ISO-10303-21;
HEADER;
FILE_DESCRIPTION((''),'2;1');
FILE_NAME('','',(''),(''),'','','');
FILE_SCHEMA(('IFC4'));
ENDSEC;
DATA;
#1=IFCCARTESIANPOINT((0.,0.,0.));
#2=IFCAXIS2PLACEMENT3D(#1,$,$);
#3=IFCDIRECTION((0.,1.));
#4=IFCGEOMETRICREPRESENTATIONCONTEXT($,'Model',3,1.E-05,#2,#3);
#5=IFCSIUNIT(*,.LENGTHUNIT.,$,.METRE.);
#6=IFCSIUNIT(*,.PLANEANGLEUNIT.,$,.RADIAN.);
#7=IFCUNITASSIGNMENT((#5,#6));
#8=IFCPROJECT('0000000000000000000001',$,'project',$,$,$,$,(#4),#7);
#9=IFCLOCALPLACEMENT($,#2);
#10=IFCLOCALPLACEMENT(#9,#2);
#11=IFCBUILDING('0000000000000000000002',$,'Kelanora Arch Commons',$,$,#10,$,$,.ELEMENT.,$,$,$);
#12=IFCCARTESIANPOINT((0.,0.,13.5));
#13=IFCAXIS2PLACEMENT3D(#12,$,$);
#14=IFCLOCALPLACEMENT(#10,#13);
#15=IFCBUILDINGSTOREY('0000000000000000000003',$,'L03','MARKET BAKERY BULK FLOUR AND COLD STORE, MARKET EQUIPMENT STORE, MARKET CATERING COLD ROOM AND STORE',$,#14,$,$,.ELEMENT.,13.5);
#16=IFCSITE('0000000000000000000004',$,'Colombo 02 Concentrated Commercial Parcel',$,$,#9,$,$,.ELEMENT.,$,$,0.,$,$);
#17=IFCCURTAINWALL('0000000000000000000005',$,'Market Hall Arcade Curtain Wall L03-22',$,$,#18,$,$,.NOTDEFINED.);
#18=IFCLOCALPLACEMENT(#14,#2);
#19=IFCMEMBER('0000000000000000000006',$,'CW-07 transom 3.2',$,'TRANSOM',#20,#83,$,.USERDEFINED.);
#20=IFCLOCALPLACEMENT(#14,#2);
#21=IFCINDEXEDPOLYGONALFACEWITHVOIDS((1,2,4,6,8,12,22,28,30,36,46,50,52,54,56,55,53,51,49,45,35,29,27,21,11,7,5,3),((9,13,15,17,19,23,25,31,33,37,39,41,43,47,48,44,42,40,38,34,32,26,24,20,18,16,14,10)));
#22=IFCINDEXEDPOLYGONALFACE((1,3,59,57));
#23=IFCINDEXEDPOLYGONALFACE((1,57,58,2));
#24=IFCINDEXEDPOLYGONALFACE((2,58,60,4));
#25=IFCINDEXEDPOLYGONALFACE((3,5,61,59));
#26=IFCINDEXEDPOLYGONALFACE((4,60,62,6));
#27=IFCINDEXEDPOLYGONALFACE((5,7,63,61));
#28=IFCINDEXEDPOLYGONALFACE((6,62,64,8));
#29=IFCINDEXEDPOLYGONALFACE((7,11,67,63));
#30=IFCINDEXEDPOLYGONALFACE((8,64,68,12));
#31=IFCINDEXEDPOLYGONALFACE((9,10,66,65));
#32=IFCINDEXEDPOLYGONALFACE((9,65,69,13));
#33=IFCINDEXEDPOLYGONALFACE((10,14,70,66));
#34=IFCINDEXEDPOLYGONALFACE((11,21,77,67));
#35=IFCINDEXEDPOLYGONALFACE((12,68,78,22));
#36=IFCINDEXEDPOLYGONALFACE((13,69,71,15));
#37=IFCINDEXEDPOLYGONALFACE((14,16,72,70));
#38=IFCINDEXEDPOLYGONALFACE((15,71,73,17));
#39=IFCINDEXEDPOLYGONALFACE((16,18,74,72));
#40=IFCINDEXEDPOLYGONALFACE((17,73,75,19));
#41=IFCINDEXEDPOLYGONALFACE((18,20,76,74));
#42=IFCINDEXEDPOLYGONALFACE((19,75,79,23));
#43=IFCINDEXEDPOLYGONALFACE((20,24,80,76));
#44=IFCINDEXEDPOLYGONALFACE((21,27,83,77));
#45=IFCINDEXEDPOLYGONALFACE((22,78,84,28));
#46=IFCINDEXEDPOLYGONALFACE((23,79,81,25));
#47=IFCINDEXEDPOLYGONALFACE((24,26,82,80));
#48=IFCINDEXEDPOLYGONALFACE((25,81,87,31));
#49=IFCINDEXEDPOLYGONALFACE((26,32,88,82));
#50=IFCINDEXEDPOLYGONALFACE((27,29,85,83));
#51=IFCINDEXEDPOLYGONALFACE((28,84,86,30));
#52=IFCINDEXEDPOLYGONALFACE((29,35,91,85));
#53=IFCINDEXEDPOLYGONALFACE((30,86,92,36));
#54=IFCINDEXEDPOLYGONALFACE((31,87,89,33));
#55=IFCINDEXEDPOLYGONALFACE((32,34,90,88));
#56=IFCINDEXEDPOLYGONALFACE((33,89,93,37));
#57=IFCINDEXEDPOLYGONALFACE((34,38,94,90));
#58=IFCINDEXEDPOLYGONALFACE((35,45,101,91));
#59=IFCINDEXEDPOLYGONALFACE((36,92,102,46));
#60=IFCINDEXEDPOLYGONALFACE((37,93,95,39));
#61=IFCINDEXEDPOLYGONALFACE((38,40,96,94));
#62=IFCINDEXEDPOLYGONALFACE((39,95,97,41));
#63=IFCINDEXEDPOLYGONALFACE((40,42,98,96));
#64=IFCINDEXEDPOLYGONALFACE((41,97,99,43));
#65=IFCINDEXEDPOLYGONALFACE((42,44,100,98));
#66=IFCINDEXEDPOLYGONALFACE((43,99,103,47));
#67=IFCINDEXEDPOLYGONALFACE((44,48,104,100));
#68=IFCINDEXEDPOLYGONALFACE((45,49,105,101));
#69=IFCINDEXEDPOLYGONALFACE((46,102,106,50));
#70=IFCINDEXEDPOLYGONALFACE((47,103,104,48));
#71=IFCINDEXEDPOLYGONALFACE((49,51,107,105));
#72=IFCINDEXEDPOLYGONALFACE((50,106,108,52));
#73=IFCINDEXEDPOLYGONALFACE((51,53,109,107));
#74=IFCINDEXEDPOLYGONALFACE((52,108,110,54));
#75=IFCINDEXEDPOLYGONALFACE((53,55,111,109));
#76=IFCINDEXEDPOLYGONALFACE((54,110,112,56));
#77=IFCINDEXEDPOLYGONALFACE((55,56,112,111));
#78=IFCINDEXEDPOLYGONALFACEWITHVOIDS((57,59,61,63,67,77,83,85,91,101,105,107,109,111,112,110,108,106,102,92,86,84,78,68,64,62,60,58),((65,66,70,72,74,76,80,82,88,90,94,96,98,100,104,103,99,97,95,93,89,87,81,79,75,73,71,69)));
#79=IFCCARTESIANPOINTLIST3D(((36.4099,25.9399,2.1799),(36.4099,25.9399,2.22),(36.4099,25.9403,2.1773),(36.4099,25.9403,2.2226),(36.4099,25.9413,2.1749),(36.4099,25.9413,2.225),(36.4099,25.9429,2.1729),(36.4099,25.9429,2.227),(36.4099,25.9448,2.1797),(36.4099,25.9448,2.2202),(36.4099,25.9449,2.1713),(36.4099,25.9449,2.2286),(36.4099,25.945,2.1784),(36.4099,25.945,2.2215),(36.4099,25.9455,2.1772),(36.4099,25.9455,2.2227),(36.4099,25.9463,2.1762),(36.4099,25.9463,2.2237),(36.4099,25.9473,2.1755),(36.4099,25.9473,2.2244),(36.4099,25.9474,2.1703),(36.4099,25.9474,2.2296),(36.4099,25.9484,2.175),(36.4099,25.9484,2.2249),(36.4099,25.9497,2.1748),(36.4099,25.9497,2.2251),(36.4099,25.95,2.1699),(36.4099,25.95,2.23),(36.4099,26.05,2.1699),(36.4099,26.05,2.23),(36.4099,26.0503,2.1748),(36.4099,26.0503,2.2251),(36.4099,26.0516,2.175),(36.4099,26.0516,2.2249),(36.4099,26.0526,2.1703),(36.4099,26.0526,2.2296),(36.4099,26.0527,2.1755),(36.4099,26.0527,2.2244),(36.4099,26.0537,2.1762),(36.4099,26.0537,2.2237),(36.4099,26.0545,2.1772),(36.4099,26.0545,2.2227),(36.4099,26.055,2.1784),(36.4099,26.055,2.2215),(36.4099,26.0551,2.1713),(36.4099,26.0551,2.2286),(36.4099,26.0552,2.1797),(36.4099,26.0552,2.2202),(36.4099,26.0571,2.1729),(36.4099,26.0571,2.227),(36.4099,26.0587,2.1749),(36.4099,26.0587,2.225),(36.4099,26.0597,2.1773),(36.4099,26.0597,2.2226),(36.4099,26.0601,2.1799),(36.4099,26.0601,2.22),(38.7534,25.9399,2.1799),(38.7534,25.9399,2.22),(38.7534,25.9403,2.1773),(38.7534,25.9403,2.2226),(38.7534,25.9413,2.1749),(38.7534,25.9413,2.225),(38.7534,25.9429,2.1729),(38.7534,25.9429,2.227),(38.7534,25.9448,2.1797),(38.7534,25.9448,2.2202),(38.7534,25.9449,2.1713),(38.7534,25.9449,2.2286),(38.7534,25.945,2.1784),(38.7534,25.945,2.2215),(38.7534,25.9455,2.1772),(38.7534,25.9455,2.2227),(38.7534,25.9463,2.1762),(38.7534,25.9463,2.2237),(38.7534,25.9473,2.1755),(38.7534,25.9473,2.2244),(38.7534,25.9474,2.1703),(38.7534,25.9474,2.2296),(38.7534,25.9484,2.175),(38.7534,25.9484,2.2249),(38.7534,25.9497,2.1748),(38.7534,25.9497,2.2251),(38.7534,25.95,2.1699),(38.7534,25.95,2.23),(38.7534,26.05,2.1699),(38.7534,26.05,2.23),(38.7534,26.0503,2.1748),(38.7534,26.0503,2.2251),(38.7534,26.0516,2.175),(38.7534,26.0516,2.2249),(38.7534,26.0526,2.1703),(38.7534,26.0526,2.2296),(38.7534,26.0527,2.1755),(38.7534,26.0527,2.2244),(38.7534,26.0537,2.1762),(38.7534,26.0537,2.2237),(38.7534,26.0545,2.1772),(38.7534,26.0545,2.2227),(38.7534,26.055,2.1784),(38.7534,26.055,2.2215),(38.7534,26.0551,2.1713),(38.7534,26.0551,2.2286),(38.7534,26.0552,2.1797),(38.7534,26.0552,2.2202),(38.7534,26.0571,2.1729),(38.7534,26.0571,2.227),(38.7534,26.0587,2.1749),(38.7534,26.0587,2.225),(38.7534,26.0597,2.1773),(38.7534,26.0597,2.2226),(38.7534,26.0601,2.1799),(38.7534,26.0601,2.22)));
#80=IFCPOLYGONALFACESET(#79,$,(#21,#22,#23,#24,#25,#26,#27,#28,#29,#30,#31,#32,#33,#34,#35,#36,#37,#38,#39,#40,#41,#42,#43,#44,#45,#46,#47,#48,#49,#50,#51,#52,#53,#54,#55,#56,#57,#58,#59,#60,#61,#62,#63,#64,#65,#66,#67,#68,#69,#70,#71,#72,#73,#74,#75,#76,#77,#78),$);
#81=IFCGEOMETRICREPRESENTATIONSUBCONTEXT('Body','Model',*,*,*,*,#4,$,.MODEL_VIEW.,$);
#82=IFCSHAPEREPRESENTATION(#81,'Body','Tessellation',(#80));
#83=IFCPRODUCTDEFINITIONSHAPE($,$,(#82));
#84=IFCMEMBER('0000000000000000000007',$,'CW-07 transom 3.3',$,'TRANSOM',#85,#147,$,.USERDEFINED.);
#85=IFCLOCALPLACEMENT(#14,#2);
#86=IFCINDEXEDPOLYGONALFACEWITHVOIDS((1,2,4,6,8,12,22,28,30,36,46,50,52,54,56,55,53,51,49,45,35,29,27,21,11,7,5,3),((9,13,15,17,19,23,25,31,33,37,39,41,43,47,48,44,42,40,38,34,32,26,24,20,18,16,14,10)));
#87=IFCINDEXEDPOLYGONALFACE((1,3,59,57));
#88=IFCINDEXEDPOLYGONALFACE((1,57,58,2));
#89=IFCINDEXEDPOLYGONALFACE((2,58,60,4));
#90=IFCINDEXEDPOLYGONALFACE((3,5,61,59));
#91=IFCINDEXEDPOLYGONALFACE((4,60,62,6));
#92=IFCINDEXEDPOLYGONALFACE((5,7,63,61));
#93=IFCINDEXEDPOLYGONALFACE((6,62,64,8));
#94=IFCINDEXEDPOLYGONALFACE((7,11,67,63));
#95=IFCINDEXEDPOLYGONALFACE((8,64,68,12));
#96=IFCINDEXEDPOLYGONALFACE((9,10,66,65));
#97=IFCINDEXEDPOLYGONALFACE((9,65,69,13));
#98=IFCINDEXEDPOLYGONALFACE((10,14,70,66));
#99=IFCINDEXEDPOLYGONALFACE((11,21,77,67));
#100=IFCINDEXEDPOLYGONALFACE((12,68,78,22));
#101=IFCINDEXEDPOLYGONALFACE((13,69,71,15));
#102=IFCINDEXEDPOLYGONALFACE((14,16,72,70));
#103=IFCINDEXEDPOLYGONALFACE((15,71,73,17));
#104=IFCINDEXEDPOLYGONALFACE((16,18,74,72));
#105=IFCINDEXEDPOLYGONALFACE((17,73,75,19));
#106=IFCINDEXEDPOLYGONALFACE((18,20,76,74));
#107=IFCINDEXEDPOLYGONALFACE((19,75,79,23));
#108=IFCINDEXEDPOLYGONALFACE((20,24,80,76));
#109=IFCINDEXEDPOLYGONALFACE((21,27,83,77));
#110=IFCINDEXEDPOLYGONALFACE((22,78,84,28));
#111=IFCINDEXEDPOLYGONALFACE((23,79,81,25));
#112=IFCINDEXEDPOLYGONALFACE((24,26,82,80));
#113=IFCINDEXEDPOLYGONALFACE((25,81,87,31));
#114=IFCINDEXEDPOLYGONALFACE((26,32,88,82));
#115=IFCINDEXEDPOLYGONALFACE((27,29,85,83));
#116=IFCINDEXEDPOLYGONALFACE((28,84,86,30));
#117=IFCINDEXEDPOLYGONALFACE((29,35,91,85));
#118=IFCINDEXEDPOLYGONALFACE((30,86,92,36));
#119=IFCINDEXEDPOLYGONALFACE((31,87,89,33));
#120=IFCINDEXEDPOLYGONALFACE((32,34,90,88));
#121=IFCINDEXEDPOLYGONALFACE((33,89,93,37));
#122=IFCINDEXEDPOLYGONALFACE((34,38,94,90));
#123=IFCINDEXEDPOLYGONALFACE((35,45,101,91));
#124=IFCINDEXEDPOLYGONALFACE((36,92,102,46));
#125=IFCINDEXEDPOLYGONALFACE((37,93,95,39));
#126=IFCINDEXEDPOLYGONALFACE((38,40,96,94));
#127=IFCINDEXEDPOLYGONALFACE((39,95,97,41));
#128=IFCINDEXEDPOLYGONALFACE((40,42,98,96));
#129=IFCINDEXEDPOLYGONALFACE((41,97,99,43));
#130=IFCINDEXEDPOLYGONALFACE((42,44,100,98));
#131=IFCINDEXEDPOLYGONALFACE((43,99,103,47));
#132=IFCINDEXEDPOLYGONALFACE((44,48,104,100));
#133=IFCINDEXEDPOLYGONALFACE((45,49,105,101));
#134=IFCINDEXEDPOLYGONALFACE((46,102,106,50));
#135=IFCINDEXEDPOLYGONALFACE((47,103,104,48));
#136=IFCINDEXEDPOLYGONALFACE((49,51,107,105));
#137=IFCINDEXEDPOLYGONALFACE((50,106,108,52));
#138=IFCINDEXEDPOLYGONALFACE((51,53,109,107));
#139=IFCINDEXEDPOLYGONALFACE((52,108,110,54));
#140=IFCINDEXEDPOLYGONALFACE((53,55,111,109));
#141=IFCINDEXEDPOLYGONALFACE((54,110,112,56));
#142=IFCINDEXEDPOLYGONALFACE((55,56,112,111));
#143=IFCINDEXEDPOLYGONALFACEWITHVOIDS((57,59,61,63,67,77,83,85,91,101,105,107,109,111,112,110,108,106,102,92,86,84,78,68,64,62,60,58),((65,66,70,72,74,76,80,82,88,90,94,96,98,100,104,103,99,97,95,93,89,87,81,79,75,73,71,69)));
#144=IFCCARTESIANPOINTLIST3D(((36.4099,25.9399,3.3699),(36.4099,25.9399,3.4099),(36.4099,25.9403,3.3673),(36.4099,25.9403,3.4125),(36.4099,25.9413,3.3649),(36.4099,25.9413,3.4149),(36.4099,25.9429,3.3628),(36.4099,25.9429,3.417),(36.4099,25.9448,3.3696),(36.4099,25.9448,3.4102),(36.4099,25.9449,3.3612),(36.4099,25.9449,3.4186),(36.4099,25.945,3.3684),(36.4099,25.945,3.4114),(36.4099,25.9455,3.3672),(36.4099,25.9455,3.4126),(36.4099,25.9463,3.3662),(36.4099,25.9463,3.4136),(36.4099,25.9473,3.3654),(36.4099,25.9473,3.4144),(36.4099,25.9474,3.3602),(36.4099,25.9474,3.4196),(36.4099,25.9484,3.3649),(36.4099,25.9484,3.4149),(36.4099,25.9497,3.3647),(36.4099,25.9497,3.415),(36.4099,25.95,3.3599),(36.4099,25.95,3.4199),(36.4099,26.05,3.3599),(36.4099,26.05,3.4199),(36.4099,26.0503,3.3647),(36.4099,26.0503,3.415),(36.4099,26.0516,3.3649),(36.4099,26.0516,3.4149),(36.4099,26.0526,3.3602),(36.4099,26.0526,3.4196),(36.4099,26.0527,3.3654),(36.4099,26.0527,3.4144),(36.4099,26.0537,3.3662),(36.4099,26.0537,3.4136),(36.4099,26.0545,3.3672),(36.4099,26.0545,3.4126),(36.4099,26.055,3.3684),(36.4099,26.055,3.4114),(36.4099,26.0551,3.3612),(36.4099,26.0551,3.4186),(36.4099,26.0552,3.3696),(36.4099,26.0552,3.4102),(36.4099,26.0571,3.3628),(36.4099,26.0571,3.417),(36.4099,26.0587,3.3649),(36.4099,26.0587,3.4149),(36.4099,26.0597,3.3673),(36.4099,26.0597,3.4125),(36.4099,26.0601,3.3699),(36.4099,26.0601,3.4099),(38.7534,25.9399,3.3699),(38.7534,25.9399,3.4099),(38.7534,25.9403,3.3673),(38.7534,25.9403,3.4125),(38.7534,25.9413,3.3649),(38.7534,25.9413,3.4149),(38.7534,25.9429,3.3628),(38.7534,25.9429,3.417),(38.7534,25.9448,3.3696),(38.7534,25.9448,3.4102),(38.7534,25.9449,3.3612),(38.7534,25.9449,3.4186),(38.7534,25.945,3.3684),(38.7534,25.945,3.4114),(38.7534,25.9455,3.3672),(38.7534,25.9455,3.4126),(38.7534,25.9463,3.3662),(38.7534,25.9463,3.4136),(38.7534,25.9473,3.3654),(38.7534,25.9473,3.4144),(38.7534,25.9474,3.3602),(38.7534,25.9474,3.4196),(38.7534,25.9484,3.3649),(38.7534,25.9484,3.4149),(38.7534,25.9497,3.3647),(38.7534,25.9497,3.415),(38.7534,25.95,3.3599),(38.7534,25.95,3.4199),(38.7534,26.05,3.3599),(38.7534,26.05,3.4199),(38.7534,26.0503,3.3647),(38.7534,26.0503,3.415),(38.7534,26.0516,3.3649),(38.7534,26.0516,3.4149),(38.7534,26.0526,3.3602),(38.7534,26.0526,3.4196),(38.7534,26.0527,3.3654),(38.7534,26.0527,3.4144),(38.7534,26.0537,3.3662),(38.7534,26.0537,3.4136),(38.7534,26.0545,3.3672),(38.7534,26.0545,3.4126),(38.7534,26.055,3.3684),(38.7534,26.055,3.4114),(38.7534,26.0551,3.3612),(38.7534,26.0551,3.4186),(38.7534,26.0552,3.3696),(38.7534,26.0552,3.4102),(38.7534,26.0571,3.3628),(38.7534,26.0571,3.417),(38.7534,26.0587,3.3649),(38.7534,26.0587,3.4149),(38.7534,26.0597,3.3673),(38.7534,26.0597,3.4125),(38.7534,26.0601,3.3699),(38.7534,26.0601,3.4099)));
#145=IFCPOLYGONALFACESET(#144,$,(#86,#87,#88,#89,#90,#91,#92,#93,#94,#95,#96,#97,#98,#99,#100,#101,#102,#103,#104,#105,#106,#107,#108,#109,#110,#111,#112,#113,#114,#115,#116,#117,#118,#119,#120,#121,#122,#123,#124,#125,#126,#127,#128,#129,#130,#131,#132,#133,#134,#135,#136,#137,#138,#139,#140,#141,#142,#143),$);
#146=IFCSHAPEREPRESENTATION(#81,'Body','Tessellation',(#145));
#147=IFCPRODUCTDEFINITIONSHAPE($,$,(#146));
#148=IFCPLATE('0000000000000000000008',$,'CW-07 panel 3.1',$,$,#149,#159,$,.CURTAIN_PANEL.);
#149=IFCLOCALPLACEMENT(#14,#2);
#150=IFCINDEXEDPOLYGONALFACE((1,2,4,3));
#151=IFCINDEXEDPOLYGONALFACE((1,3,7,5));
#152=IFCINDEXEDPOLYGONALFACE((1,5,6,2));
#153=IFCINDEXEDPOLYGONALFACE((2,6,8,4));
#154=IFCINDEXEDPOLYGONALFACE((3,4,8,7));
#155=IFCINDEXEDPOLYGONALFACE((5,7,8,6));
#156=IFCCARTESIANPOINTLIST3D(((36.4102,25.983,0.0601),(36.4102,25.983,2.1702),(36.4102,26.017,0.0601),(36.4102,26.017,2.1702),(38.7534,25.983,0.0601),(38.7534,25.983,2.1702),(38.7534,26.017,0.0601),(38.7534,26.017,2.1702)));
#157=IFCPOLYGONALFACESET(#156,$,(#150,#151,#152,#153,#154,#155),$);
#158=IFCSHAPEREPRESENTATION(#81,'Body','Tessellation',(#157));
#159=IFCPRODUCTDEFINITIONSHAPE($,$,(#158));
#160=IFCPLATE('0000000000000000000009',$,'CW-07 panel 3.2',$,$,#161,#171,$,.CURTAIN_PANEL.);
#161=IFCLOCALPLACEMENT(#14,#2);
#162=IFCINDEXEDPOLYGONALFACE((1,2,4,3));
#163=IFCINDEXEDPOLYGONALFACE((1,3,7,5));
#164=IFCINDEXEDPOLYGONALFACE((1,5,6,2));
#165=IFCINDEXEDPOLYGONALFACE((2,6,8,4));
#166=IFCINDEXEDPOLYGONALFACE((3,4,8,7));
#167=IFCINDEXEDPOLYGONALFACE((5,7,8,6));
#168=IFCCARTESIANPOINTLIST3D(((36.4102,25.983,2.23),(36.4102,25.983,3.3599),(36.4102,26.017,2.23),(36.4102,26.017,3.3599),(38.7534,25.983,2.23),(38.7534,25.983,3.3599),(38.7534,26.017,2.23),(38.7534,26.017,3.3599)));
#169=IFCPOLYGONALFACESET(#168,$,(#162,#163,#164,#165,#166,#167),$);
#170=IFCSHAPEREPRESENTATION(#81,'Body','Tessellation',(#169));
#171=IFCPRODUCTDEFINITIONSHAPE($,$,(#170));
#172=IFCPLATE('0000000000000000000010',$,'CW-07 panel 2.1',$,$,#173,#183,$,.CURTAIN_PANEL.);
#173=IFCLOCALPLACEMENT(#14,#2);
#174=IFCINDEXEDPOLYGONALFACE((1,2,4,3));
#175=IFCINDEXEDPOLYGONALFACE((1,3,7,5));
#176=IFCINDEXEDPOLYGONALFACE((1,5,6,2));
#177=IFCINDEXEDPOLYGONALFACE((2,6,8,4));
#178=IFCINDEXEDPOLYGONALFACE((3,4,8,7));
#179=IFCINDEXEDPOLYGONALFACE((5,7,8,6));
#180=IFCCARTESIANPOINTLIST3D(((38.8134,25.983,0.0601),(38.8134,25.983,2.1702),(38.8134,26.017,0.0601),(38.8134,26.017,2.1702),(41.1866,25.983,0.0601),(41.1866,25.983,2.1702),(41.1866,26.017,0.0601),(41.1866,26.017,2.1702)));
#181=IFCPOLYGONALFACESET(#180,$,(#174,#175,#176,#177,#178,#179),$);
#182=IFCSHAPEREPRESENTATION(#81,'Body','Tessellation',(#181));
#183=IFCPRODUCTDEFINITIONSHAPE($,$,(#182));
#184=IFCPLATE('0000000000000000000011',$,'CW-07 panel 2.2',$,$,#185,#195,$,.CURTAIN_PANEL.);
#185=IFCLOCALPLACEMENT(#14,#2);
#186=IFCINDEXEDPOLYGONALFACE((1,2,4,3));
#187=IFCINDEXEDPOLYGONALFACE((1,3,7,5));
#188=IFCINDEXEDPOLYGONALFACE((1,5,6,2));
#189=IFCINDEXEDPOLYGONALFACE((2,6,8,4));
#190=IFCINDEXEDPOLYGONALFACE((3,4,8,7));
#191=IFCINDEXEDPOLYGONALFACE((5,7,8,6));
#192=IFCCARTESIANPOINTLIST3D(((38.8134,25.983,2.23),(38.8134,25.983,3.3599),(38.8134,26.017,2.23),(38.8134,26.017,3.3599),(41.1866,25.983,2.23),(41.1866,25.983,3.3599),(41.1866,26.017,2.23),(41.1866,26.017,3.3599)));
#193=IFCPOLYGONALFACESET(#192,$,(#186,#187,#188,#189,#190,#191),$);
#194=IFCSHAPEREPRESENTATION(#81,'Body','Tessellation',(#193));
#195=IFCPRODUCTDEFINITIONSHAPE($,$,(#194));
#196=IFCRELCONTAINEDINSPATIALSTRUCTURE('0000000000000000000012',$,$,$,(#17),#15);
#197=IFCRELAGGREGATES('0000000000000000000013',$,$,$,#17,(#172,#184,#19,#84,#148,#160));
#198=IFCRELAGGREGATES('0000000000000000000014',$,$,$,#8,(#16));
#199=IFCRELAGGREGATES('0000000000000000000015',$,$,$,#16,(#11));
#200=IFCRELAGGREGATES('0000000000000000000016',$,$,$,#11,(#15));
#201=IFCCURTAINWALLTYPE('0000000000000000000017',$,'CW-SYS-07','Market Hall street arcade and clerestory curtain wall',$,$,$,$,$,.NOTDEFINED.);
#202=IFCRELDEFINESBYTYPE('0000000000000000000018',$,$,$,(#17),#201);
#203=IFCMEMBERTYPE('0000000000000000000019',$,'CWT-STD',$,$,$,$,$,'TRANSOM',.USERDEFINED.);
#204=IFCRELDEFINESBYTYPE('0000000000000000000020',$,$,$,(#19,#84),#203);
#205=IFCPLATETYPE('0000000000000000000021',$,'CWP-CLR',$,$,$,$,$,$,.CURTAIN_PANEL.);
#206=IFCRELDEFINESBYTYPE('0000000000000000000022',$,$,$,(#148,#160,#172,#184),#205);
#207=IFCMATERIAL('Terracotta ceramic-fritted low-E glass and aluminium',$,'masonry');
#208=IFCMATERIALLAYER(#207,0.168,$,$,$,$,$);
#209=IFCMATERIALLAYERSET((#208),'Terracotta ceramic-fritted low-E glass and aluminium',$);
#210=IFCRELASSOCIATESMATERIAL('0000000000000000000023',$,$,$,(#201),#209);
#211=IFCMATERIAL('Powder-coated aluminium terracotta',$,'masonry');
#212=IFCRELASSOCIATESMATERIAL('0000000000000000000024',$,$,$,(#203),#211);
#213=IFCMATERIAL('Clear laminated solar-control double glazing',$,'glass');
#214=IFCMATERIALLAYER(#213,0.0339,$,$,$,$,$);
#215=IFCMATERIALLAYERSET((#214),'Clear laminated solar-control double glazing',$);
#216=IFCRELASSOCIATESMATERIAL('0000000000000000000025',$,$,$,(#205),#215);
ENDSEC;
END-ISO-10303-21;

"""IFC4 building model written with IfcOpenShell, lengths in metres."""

from ifc_helpers import new_model, si_unit, direction, frame, origin, origin_2d, place, context, subcontext, project, spatial, rectangle, hollow_rectangle, extrude, source, transform, mapped, material, layer, layer_set, material_profile, profile_set, type_object, element, aggregate, save


model = new_model("IFC4")

# Units and contexts
model_context = context("Model", 3, precision=1e-05, world=origin(), true_north=direction((0.0, 1.0)))
body_context = subcontext(model_context, "Body", "Model", "MODEL_VIEW")
ifc_project = project(units=[si_unit("LENGTHUNIT", "METRE"), si_unit("PLANEANGLEUNIT", "RADIAN")], contexts=[model_context])

# Site, building, storey
site_placement = place(None, origin())
site = spatial("IfcSite", under=ifc_project, at=site_placement, Name="Colombo 02 Concentrated Commercial Parcel", CompositionType="ELEMENT", RefElevation=0.0)
building_placement = place(site_placement, origin())
building = spatial("IfcBuilding", under=site, at=building_placement, Name="Kelanora Arch Commons", CompositionType="ELEMENT")
storey_placement = place(building_placement, frame((0.0, 0.0, 13.5)))
storey = spatial("IfcBuildingStorey", under=building, at=storey_placement, Name="L03", Description="MARKET BAKERY BULK FLOUR AND COLD STORE, MARKET EQUIPMENT STORE, MARKET CATERING COLD ROOM AND STORE", CompositionType="ELEMENT", Elevation=13.5)

# Curtain wall, members, plates
ifc_material_1 = material(Name="Terracotta ceramic-fritted low-E glass and aluminium", Category="masonry")
ifc_layer_1 = layer(ifc_material_1, 0.168)
ifc_layer_set_1 = layer_set([ifc_layer_1], Name="Terracotta ceramic-fritted low-E glass and aluminium")
curtain_wall_type = type_object("IfcCurtainWallType", Name="CW-SYS-07", Description="Market Hall street arcade and clerestory curtain wall", PredefinedType="NOTDEFINED", material=ifc_layer_set_1)
curtain_wall_placement = place(storey_placement, origin())
curtain_wall = element("IfcCurtainWall", 1, at=curtain_wall_placement, inside=storey, type_object=curtain_wall_type, Name="Market Hall Arcade Curtain Wall L03-22", PredefinedType="NOTDEFINED")
ifc_material_2 = material(Name="Powder-coated aluminium terracotta", Category="masonry")
ifc_material_profile_1 = material_profile(ifc_material_2, hollow_rectangle(XDim=0.1201, YDim=0.0601, WallThickness=0.0049, InnerFilletRadius=0.0049, OuterFilletRadius=0.01, at=origin_2d()), Name="CWT120x60")
ifc_profile_set_1 = profile_set([ifc_material_profile_1], Name="Powder-coated aluminium terracotta")
member_type_1 = type_object("IfcMemberType", Name="CWT-STD", ElementType="TRANSOM", PredefinedType="USERDEFINED", material=ifc_profile_set_1)
member_1_placement = place(storey_placement, frame((38.7534, 26.0, 2.2), z_axis=(-1.0, 0.0, 0.0), x_axis=(0.0, -1.0, 0.0)))
member_1 = element("IfcMember", 2, at=member_1_placement, type_object=member_type_1, Name="CW-07 transom 3.2", ObjectType="TRANSOM", PredefinedType="USERDEFINED", context=body_context, shape_type="SweptSolid", body=[
    extrude(hollow_rectangle(XDim=0.1201, YDim=0.0601, WallThickness=0.0049, InnerFilletRadius=0.0049, OuterFilletRadius=0.01, at=origin_2d()), origin(), (0.0, 0.0, 1.0), 2.3435),
])
member_2_placement = place(storey_placement, frame((38.7534, 26.0, 3.3899), z_axis=(-1.0, 0.0, 0.0), x_axis=(0.0, -1.0, 0.0)))
member_2 = element("IfcMember", 3, at=member_2_placement, type_object=member_type_1, Name="CW-07 transom 3.3", ObjectType="TRANSOM", PredefinedType="USERDEFINED", context=body_context, shape_type="SweptSolid", body=[
    extrude(hollow_rectangle(XDim=0.1201, YDim=0.0601, WallThickness=0.0049, InnerFilletRadius=0.0049, OuterFilletRadius=0.01, at=origin_2d()), origin(), (0.0, 0.0, 1.0), 2.3435),
])
ifc_material_3 = material(Name="Clear laminated solar-control double glazing", Category="glass")
ifc_layer_2 = layer(ifc_material_3, 0.0339)
ifc_layer_set_2 = layer_set([ifc_layer_2], Name="Clear laminated solar-control double glazing")
plate_type = type_object("IfcPlateType", Name="CWP-CLR", PredefinedType="CURTAIN_PANEL", material=ifc_layer_set_2)
shared_shape_1 = source(origin(), body_context, "Body", "SweptSolid", [
    extrude(rectangle(XDim=2.3433, YDim=0.0339, at=origin_2d()), origin(), (0.0, 0.0, 1.0), 2.1101),
])
plate_1_placement = place(storey_placement, frame((37.5818, 26.0, 0.0601), z_axis=(0.0, 0.0, 1.0), x_axis=(-1.0, 0.0, 0.0)))
plate_1 = element("IfcPlate", 4, at=plate_1_placement, type_object=plate_type, Name="CW-07 panel 3.1", PredefinedType="CURTAIN_PANEL", context=body_context, shape_type="MappedRepresentation", body=[
    mapped(shared_shape_1, transform((0.0, 0.0, 0.0), scale=1.0)),
])
shared_shape_2 = source(origin(), body_context, "Body", "SweptSolid", [
    extrude(rectangle(XDim=2.3433, YDim=0.0339, at=origin_2d()), origin(), (0.0, 0.0, 1.0), 1.1299),
])
plate_2_placement = place(storey_placement, frame((37.5818, 26.0, 2.23), z_axis=(0.0, 0.0, 1.0), x_axis=(-1.0, 0.0, 0.0)))
plate_2 = element("IfcPlate", 5, at=plate_2_placement, type_object=plate_type, Name="CW-07 panel 3.2", PredefinedType="CURTAIN_PANEL", context=body_context, shape_type="MappedRepresentation", body=[
    mapped(shared_shape_2, transform((0.0, 0.0, 0.0), scale=1.0)),
])
shared_shape_3 = source(origin(), body_context, "Body", "SweptSolid", [
    extrude(rectangle(XDim=2.3733, YDim=0.0339, at=origin_2d()), origin(), (0.0, 0.0, 1.0), 2.1101),
])
plate_3_placement = place(storey_placement, frame((40.0, 26.0, 0.0601), z_axis=(0.0, 0.0, 1.0), x_axis=(-1.0, 0.0, 0.0)))
plate_3 = element("IfcPlate", 6, at=plate_3_placement, type_object=plate_type, Name="CW-07 panel 2.1", PredefinedType="CURTAIN_PANEL", context=body_context, shape_type="MappedRepresentation", body=[
    mapped(shared_shape_3, transform((0.0, 0.0, 0.0), scale=1.0)),
])
shared_shape_4 = source(origin(), body_context, "Body", "SweptSolid", [
    extrude(rectangle(XDim=2.3733, YDim=0.0339, at=origin_2d()), origin(), (0.0, 0.0, 1.0), 1.1299),
])
plate_4_placement = place(storey_placement, frame((40.0, 26.0, 2.23), z_axis=(0.0, 0.0, 1.0), x_axis=(-1.0, 0.0, 0.0)))
plate_4 = element("IfcPlate", 7, at=plate_4_placement, type_object=plate_type, Name="CW-07 panel 2.2", PredefinedType="CURTAIN_PANEL", context=body_context, shape_type="MappedRepresentation", body=[
    mapped(shared_shape_4, transform((0.0, 0.0, 0.0), scale=1.0)),
])
aggregate(curtain_wall, [plate_3, plate_4, member_1, member_2, plate_1, plate_2])

save(model, "model.ifc")
